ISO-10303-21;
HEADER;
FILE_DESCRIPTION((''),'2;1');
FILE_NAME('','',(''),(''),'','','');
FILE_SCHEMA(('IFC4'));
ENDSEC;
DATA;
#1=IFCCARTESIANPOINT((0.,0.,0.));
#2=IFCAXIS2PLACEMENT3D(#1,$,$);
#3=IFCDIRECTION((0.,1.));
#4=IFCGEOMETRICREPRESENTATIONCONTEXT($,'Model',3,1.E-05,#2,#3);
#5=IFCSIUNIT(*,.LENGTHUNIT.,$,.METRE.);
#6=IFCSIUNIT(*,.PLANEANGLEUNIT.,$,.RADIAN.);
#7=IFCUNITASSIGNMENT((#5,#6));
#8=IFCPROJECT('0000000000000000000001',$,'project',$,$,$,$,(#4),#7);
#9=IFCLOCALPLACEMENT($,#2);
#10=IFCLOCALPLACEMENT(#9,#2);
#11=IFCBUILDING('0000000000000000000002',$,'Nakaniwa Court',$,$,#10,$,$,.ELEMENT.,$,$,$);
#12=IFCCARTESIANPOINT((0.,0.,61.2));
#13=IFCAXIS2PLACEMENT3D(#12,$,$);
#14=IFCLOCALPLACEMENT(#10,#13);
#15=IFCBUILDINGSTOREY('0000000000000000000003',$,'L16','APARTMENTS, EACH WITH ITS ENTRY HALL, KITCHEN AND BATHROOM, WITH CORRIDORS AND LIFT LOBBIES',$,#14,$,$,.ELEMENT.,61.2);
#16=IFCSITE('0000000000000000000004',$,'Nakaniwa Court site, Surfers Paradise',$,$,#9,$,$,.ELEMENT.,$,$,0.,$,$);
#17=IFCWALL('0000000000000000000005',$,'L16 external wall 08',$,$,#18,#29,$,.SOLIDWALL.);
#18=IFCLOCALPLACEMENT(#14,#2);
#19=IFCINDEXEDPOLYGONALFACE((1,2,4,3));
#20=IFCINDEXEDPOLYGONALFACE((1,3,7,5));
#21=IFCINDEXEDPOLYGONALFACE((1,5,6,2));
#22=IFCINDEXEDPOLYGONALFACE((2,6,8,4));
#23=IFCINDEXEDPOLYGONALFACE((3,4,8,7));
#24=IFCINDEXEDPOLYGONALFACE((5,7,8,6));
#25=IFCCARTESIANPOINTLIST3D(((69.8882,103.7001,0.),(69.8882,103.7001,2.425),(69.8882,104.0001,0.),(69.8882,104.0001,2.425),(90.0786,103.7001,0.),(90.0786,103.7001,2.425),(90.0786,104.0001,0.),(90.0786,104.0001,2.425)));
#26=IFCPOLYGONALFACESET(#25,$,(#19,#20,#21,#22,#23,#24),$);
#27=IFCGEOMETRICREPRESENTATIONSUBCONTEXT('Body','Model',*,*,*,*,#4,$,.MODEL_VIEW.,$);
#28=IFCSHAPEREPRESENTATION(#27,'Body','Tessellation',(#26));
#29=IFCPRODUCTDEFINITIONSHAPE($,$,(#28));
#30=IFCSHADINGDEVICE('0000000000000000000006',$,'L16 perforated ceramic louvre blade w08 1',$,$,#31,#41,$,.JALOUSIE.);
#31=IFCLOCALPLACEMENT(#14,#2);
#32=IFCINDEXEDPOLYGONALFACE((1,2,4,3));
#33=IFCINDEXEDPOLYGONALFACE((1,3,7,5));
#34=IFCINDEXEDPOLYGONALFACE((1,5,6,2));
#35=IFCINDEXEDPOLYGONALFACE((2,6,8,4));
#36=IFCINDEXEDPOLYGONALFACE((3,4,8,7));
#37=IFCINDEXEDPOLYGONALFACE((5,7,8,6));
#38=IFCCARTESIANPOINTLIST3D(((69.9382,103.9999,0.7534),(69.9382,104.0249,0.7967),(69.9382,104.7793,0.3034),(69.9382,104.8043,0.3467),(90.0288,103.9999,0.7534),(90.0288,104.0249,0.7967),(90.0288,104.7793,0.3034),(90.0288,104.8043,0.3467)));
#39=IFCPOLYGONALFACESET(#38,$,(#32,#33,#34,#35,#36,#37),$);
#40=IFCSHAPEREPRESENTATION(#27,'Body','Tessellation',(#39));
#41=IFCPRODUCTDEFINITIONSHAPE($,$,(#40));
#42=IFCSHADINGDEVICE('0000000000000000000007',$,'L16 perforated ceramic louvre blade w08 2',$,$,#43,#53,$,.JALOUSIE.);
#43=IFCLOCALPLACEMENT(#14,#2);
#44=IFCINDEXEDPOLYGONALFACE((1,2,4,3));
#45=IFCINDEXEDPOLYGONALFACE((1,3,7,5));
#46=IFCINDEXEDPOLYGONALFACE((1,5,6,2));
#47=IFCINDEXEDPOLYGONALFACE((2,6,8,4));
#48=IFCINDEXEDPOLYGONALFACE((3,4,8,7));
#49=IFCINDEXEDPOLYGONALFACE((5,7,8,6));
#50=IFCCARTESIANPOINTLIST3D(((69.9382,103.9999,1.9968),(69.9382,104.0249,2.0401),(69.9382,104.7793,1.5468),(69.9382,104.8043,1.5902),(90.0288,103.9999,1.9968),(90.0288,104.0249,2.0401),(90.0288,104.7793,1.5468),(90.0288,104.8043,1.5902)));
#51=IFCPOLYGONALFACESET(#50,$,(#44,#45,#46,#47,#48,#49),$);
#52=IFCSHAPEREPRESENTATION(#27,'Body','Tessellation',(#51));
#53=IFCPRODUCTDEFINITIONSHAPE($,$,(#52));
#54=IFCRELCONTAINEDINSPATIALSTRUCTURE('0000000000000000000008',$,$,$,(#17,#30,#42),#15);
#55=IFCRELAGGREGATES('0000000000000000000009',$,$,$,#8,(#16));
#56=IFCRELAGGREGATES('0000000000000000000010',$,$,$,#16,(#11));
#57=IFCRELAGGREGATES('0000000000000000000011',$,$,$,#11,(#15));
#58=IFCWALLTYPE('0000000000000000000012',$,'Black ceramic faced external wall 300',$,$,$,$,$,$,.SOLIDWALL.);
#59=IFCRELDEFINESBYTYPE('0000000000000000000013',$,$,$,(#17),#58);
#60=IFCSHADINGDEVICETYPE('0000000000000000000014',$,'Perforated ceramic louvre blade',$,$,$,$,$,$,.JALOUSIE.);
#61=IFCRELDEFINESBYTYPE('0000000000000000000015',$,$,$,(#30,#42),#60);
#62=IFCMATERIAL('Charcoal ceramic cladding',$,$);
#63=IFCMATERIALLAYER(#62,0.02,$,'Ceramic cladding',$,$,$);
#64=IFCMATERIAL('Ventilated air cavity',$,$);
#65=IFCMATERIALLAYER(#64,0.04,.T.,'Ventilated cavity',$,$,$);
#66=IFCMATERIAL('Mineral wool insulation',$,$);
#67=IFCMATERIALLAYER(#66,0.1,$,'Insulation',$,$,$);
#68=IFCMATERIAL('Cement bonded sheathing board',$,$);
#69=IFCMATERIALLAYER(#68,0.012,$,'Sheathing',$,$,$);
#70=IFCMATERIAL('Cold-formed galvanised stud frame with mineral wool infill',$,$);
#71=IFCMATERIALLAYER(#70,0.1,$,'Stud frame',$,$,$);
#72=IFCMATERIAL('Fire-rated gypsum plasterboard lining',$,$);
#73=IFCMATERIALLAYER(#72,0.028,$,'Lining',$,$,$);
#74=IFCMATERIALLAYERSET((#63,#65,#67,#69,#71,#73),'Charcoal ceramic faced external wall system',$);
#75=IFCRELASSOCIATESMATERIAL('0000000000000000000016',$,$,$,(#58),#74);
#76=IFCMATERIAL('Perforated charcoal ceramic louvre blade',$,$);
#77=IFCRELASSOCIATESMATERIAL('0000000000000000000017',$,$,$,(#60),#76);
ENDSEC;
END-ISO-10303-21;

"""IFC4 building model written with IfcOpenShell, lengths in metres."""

from ifc_helpers import new_model, si_unit, direction, frame, frame_2d, origin, origin_2d, place, context, subcontext, project, spatial, rectangle, extrude, material, layer, layer_set, material_profile, profile_set, type_object, element, save


model = new_model("IFC4")

# Units and contexts
model_context = context("Model", 3, precision=1e-05, world=origin(), true_north=direction((0.0, 1.0)))
body_context = subcontext(model_context, "Body", "Model", "MODEL_VIEW")
ifc_project = project(units=[si_unit("LENGTHUNIT", "METRE"), si_unit("PLANEANGLEUNIT", "RADIAN")], contexts=[model_context])

# Site, building, storey
site_placement = place(None, origin())
site = spatial("IfcSite", under=ifc_project, at=site_placement, Name="Nakaniwa Court site, Surfers Paradise", CompositionType="ELEMENT", RefElevation=0.0)
building_placement = place(site_placement, origin())
building = spatial("IfcBuilding", under=site, at=building_placement, Name="Nakaniwa Court", CompositionType="ELEMENT")
storey_placement = place(building_placement, frame((0.0, 0.0, 61.2)))
storey = spatial("IfcBuildingStorey", under=building, at=storey_placement, Name="L16", Description="APARTMENTS, EACH WITH ITS ENTRY HALL, KITCHEN AND BATHROOM, WITH CORRIDORS AND LIFT LOBBIES", CompositionType="ELEMENT", Elevation=61.2)

# Shared definitions
ifc_material_1 = material(Name="Charcoal ceramic cladding")
ifc_layer_1 = layer(ifc_material_1, 0.02, Name="Ceramic cladding")
ifc_material_2 = material(Name="Ventilated air cavity")
ifc_layer_2 = layer(ifc_material_2, 0.04, ventilated=True, Name="Ventilated cavity")
ifc_material_3 = material(Name="Mineral wool insulation")
ifc_layer_3 = layer(ifc_material_3, 0.1, Name="Insulation")
ifc_material_4 = material(Name="Cement bonded sheathing board")
ifc_layer_4 = layer(ifc_material_4, 0.012, Name="Sheathing")
ifc_material_5 = material(Name="Cold-formed galvanised stud frame with mineral wool infill")
ifc_layer_5 = layer(ifc_material_5, 0.1, Name="Stud frame")
ifc_material_6 = material(Name="Fire-rated gypsum plasterboard lining")
ifc_layer_6 = layer(ifc_material_6, 0.028, Name="Lining")
ifc_layer_set = layer_set([ifc_layer_1, ifc_layer_2, ifc_layer_3, ifc_layer_4, ifc_layer_5, ifc_layer_6], Name="Charcoal ceramic faced external wall system")
wall_type = type_object("IfcWallType", Name="Black ceramic faced external wall 300", PredefinedType="SOLIDWALL", material=ifc_layer_set)

# Wall
wall_1_placement = place(storey_placement, frame((90.0786, 103.8501, 0.0), z_axis=(0.0, 0.0, 1.0), x_axis=(-1.0, 0.0, 0.0)))
element("IfcWall", 1, at=wall_1_placement, inside=storey, type_object=wall_type, Name="L16 external wall 08", PredefinedType="SOLIDWALL", context=body_context, shape_type="SweptSolid", body=[
    extrude(rectangle(XDim=20.1904, YDim=0.3, at=frame_2d((10.0952, 0.0))), origin(), (0.0, 0.0, 1.0), 2.425),
])

# Shading devices
ifc_material_7 = material(Name="Perforated charcoal ceramic louvre blade")
ifc_material_profile_1 = material_profile(ifc_material_7, rectangle(XDim=0.8999, YDim=0.05, at=origin_2d()), Name="Perforated ceramic louvre blade")
ifc_profile_set_1 = profile_set([ifc_material_profile_1], Name="Perforated charcoal ceramic louvre blade")
shading_device_type = type_object("IfcShadingDeviceType", Name="Perforated ceramic louvre blade", PredefinedType="JALOUSIE", material=ifc_profile_set_1)
for number, where, z_axis, x_axis, name in (
    (2, (90.0288, 104.4021, 0.55), (-1.0, 0.0, 0.0), (0.0, -0.866025, 0.5), "L16 perforated ceramic louvre blade w08 1"),
    (3, (90.0288, 104.4021, 1.7935), (-1.0, 0.0, 0.0), (0.0, -0.866025, 0.5), "L16 perforated ceramic louvre blade w08 2"),
):
    element("IfcShadingDevice", number, at=place(storey_placement, frame(where, z_axis=z_axis, x_axis=x_axis)), inside=storey, type_object=shading_device_type, Name=name, PredefinedType="JALOUSIE", context=body_context, shape_type="SweptSolid", body=[
        extrude(rectangle(XDim=0.8999, YDim=0.05, at=origin_2d()), origin(), (0.0, 0.0, 1.0), 20.0906),
    ])

save(model, "model.ifc")
